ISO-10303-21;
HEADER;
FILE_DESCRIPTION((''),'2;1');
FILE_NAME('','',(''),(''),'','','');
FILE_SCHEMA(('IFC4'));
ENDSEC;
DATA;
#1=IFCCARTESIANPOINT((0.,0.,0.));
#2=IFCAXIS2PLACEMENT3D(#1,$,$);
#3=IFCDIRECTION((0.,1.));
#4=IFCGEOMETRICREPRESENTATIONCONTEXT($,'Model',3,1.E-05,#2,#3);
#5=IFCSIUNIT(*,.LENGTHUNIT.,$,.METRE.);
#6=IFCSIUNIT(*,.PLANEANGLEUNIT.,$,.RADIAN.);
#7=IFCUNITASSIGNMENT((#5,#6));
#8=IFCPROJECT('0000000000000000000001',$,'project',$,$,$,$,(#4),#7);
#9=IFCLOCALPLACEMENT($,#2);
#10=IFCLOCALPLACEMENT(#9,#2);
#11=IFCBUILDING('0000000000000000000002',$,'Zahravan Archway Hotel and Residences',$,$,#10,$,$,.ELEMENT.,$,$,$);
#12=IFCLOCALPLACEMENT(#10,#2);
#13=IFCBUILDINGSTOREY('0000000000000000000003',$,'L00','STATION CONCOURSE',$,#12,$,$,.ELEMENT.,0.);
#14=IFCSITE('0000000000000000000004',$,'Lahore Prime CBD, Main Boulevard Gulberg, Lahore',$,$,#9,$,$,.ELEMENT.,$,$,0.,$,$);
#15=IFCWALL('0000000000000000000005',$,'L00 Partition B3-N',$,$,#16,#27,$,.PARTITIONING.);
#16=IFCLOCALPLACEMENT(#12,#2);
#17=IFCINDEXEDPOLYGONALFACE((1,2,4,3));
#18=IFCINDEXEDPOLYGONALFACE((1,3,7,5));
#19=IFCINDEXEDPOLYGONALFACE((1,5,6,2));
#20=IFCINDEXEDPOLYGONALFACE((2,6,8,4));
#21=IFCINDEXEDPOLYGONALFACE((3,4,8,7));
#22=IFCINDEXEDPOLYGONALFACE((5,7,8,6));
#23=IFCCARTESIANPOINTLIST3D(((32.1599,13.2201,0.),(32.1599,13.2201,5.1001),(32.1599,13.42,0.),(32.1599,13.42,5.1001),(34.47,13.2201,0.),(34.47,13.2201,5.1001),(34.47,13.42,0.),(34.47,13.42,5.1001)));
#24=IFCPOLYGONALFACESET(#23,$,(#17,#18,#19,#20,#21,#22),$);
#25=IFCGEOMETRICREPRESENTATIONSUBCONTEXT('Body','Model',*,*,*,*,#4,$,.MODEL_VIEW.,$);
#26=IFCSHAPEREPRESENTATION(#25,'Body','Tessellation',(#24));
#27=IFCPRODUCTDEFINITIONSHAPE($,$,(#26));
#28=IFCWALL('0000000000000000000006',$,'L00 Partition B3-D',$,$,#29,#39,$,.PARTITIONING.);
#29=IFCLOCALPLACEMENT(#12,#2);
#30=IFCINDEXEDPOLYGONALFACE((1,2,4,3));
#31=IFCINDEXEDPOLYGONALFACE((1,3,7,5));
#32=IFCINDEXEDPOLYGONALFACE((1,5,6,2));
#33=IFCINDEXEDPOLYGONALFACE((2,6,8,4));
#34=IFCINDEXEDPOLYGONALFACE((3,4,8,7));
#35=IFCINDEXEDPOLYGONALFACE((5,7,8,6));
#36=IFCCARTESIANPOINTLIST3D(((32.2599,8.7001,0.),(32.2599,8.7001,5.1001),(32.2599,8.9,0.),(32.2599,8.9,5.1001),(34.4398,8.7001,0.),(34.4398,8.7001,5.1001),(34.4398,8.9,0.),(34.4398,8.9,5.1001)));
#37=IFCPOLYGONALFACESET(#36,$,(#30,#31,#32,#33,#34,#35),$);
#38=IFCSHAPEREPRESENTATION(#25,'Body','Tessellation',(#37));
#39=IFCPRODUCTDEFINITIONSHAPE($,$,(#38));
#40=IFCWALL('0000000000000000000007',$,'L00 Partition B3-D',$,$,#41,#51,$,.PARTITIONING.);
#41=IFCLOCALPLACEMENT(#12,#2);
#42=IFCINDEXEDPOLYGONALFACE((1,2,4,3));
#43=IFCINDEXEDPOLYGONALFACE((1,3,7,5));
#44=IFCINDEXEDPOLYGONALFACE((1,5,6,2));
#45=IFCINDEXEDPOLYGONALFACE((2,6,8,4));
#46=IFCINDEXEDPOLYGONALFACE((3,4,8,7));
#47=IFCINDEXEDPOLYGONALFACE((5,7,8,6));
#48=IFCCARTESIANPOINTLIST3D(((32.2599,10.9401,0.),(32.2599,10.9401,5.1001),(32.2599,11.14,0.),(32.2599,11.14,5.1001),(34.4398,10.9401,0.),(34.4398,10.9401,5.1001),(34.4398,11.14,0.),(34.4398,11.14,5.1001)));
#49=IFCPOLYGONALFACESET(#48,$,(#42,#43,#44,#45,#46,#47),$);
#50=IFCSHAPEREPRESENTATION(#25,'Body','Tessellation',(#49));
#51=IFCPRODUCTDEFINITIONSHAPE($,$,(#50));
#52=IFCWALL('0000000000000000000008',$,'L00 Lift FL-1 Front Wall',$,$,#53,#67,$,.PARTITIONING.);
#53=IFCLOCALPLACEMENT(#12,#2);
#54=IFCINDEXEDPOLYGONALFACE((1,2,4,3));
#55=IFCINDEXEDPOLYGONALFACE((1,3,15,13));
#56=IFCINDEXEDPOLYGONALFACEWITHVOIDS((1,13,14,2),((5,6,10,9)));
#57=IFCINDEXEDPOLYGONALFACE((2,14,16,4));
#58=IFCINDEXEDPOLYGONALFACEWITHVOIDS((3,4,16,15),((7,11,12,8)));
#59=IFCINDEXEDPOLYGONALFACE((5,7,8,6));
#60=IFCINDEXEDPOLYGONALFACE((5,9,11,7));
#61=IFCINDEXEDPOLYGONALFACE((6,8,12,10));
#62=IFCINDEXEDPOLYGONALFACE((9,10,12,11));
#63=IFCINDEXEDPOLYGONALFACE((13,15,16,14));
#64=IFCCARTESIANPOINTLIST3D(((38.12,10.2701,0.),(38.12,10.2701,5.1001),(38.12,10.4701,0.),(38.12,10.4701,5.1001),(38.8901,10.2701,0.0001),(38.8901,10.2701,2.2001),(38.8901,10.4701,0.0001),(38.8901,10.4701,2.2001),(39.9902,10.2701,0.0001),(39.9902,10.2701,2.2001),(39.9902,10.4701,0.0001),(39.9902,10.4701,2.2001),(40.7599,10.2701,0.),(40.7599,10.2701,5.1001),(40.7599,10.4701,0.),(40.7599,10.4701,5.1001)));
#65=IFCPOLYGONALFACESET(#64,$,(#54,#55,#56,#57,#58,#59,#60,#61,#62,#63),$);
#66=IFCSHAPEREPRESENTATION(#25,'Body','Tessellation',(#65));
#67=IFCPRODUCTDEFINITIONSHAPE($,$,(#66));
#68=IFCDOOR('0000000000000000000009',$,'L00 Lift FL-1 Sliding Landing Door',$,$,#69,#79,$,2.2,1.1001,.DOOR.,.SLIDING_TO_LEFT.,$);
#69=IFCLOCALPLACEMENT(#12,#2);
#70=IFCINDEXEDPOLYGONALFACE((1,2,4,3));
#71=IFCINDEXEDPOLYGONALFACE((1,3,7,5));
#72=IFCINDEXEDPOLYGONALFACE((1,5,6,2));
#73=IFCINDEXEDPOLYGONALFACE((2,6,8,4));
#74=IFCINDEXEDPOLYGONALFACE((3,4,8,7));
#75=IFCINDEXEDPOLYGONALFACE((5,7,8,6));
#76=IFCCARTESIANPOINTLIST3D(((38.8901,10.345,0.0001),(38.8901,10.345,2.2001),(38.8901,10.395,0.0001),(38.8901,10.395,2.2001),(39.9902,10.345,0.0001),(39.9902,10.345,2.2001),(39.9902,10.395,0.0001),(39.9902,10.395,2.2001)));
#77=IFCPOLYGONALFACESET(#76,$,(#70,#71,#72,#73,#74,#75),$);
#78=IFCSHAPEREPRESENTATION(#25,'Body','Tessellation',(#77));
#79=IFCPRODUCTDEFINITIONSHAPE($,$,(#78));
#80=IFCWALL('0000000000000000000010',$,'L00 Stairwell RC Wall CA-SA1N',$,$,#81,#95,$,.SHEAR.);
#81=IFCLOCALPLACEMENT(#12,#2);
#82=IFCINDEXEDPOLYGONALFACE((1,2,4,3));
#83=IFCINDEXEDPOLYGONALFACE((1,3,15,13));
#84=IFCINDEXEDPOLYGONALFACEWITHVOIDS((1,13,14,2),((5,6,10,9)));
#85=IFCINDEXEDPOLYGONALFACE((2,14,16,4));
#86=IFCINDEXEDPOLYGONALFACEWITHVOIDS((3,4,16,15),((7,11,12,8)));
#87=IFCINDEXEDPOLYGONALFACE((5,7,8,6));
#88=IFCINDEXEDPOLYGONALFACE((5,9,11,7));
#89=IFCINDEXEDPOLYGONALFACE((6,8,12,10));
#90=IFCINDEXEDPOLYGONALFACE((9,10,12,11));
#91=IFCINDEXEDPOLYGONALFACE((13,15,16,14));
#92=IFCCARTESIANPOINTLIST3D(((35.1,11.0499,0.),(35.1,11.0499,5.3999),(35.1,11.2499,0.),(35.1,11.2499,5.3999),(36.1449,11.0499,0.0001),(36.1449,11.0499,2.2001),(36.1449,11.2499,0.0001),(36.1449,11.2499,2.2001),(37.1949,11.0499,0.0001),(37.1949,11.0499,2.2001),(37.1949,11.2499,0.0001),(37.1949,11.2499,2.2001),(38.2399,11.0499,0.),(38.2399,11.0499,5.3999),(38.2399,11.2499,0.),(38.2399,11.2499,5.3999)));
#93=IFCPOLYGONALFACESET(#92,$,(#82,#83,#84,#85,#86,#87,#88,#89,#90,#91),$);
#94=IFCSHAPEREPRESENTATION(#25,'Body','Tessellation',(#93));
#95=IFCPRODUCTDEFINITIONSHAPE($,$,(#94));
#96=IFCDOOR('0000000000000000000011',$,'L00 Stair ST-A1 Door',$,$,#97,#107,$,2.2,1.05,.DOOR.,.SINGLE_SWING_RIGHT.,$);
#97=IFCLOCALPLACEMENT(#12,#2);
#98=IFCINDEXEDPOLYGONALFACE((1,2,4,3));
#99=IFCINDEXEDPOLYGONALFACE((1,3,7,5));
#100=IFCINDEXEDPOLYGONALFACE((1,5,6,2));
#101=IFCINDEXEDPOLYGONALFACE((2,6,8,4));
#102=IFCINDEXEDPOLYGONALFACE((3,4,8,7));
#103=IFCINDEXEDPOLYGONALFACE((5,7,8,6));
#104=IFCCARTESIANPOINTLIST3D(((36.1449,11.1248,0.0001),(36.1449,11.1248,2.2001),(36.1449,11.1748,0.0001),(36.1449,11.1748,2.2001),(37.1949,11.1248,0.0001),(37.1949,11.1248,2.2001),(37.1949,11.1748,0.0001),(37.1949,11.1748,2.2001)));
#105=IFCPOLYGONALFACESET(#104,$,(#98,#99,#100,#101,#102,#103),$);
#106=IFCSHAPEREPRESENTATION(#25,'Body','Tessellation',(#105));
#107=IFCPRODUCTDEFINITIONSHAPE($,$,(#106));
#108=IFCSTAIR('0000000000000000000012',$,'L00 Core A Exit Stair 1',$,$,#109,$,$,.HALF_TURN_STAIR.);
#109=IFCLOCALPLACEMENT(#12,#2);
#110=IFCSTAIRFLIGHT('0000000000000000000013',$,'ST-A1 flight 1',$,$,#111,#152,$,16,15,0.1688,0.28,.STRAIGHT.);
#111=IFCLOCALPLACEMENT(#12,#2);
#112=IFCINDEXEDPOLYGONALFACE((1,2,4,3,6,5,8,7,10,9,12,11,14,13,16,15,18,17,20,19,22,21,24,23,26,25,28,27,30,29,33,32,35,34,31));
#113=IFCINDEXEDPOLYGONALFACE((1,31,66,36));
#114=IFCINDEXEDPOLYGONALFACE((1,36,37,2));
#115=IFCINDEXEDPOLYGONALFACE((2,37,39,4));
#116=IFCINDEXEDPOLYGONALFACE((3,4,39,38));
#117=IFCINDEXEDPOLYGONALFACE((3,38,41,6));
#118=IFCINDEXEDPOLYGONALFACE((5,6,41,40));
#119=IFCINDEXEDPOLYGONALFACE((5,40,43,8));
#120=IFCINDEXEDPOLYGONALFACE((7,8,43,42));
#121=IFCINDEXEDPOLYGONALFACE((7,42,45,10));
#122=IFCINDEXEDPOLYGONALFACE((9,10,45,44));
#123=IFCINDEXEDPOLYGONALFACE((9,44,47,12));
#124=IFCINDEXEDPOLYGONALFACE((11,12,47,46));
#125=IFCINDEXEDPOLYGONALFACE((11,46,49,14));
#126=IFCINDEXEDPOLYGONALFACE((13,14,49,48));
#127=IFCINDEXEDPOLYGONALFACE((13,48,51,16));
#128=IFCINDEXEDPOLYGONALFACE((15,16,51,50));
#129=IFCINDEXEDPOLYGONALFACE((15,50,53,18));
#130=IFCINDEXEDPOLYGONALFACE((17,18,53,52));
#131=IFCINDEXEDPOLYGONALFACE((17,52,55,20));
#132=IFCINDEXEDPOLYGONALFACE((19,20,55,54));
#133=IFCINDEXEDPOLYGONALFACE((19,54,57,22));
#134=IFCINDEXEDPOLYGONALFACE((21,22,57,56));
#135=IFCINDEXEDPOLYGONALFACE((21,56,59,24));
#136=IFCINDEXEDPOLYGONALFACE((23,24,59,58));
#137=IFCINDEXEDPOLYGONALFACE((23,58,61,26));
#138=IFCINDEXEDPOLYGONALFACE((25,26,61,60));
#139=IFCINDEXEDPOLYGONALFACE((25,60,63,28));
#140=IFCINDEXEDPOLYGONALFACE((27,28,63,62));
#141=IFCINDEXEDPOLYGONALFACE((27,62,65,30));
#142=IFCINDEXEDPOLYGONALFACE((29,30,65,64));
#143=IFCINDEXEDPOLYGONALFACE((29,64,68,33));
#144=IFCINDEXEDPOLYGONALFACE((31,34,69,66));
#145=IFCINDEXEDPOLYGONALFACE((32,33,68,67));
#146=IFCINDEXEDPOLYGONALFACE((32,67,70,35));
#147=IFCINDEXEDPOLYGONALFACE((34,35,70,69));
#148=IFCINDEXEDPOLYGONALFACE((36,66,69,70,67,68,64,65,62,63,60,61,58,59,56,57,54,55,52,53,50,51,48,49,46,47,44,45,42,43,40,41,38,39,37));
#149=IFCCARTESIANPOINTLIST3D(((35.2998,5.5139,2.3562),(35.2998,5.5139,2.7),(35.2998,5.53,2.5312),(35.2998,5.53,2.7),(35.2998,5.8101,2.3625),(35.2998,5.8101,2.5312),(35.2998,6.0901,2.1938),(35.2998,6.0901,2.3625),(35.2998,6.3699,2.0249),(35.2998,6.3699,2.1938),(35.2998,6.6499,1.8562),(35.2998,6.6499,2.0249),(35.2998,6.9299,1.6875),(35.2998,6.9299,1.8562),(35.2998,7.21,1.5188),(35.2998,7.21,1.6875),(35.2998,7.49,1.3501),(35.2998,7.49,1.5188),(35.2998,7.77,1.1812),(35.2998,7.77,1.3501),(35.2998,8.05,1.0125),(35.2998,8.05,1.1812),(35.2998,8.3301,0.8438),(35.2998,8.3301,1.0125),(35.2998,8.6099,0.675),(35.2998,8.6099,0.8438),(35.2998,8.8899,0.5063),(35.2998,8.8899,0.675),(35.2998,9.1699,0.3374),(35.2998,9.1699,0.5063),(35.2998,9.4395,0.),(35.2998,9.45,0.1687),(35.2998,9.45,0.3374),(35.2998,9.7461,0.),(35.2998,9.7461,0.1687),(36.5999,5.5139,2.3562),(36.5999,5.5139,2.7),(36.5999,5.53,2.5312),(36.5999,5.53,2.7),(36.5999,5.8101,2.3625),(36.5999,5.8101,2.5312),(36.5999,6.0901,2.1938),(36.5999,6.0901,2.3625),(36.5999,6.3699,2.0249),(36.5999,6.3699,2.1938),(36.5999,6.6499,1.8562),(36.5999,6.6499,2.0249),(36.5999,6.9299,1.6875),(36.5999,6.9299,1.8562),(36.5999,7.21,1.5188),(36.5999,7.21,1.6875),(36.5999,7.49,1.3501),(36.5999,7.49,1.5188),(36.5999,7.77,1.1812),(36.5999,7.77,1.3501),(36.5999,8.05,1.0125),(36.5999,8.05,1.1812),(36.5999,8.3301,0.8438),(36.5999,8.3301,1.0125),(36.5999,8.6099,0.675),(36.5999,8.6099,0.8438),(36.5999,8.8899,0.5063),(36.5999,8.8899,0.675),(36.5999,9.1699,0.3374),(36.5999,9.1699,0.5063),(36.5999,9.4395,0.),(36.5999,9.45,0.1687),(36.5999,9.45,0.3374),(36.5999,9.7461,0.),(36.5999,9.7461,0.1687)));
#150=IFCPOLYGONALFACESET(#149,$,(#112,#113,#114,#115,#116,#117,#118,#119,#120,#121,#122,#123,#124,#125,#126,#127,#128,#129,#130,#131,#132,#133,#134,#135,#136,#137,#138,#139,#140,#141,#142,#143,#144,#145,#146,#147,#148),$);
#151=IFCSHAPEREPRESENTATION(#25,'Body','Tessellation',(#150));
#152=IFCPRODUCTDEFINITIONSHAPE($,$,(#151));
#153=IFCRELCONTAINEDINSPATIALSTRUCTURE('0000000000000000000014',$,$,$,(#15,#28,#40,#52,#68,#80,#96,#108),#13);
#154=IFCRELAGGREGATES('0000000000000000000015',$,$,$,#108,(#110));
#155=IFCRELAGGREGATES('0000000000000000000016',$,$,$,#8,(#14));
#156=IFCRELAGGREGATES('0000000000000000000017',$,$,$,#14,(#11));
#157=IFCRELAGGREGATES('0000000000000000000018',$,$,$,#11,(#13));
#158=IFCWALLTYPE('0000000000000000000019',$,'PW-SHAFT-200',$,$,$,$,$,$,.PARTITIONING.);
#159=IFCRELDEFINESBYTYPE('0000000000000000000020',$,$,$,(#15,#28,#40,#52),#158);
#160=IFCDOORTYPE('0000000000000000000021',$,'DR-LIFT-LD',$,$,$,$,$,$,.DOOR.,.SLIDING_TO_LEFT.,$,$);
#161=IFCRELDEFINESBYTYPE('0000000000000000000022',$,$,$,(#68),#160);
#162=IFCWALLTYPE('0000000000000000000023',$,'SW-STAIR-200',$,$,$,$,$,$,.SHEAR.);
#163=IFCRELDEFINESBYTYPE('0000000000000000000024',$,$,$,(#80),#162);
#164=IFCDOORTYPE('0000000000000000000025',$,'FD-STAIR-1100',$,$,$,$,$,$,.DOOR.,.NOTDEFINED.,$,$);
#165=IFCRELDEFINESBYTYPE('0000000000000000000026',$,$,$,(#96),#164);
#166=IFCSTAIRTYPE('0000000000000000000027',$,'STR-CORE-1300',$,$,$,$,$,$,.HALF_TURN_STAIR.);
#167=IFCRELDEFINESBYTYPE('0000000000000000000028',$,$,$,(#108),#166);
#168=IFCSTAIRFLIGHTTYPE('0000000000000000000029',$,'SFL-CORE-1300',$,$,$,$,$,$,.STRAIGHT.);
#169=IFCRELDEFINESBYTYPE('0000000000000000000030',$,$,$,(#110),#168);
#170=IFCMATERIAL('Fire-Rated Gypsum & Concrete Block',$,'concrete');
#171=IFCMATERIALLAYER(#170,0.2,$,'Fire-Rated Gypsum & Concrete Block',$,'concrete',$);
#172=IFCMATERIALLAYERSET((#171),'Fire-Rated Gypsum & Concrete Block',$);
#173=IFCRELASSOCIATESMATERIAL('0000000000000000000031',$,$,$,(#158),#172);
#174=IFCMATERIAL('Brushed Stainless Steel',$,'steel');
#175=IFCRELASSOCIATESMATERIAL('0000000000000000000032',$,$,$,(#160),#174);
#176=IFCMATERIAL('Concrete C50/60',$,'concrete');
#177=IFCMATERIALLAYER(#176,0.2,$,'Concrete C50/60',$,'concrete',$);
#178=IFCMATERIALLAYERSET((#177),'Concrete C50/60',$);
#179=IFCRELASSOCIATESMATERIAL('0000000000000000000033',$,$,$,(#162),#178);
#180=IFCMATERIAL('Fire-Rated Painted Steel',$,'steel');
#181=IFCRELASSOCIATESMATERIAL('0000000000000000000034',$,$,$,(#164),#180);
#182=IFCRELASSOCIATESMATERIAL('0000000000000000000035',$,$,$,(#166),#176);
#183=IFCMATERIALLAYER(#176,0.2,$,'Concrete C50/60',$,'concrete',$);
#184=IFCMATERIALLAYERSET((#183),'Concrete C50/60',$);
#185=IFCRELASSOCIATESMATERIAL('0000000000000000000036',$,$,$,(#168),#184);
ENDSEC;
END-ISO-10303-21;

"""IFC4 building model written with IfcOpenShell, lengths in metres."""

from ifc_helpers import new_model, si_unit, direction, frame, frame_2d, origin, place, context, subcontext, project, spatial, polyline, rectangle, outline, extrude, source, transform, mapped, material, layer, layer_set, type_object, type_shapes, element, fill, aggregate, save


model = new_model("IFC4")

# Units and contexts
model_context = context("Model", 3, precision=1e-05, world=origin(), true_north=direction((0.0, 1.0)))
body_context = subcontext(model_context, "Body", "Model", "MODEL_VIEW")
ifc_project = project(units=[si_unit("LENGTHUNIT", "METRE"), si_unit("PLANEANGLEUNIT", "RADIAN")], contexts=[model_context])

# Site, building, storey
site_placement = place(None, origin())
site = spatial("IfcSite", under=ifc_project, at=site_placement, Name="Lahore Prime CBD, Main Boulevard Gulberg, Lahore", CompositionType="ELEMENT", RefElevation=0.0)
building_placement = place(site_placement, origin())
building = spatial("IfcBuilding", under=site, at=building_placement, Name="Zahravan Archway Hotel and Residences", CompositionType="ELEMENT")
storey_placement = place(building_placement, origin())
storey = spatial("IfcBuildingStorey", under=building, at=storey_placement, Name="L00", Description="STATION CONCOURSE", CompositionType="ELEMENT", Elevation=0.0)

# Shared definitions
ifc_material_1 = material(Name="Fire-Rated Painted Steel", Category="steel")

# Shared definitions
ifc_material_2 = material(Name="Fire-Rated Gypsum & Concrete Block", Category="concrete")

# Walls
ifc_layer_1 = layer(ifc_material_2, 0.2, Name="Fire-Rated Gypsum & Concrete Block", Category="concrete")
ifc_layer_set_1 = layer_set([ifc_layer_1], Name="Fire-Rated Gypsum & Concrete Block")
wall_type_1 = type_object("IfcWallType", Name="PW-SHAFT-200", PredefinedType="PARTITIONING", material=ifc_layer_set_1)
wall_1_placement = place(storey_placement, frame((32.1599, 13.3201, 0.0), z_axis=(0.0, 0.0, 1.0), x_axis=(1.0, 0.0, 0.0)))
element("IfcWall", 1, at=wall_1_placement, inside=storey, type_object=wall_type_1, Name="L00 Partition B3-N", PredefinedType="PARTITIONING", context=body_context, shape_type="SweptSolid", body=[
    extrude(rectangle(XDim=2.3101, YDim=0.2, at=frame_2d((1.155, 0.0))), origin(), (0.0, 0.0, 1.0), 5.1001),
])
for number, where, z_axis, x_axis, name in (
    (2, (32.26, 8.8, 0.0), (0.0, 0.0, 1.0), (1.0, 0.0, 0.0), "L00 Partition B3-D"),
    (3, (32.26, 11.04, 0.0), (0.0, 0.0, 1.0), (1.0, 0.0, 0.0), "L00 Partition B3-D"),
):
    element("IfcWall", number, at=place(storey_placement, frame(where, z_axis=z_axis, x_axis=x_axis)), inside=storey, type_object=wall_type_1, Name=name, PredefinedType="PARTITIONING", context=body_context, shape_type="SweptSolid", body=[
        extrude(rectangle(XDim=2.1799, YDim=0.2, at=frame_2d((1.0898, 0.0))), origin(), (0.0, 0.0, 1.0), 5.1001),
    ])

# Walls, openings, doors
wall_2_placement = place(storey_placement, frame((38.1201, 10.3701, 0.0), z_axis=(0.0, 0.0, 1.0), x_axis=(1.0, 0.0, 0.0)))
wall_2 = element("IfcWall", 4, at=wall_2_placement, inside=storey, type_object=wall_type_1, Name="L00 Lift FL-1 Front Wall", PredefinedType="PARTITIONING", context=body_context, shape_type="SweptSolid", body=[
    extrude(rectangle(XDim=2.6399, YDim=0.2, at=frame_2d((1.3198, 0.0))), origin(), (0.0, 0.0, 1.0), 5.1001),
])
opening_1_placement = place(wall_2_placement, frame((0.77, 0.0, 0.0)))
opening_1 = element("IfcOpeningElement", 5, at=opening_1_placement, cuts=wall_2, PredefinedType="OPENING", context=body_context, shape_type="SweptSolid", body=[
    extrude(rectangle(XDim=1.1001, YDim=2.2, at=frame_2d((0.55, 1.1001))), frame((0.0, 0.1099, 0.0), z_axis=(0.0, -1.0, 0.0), x_axis=(1.0, 0.0, 0.0)), (0.0, 0.0, 1.0), 0.22),
])
ifc_material_3 = material(Name="Brushed Stainless Steel", Category="steel")
door_type_1 = type_object("IfcDoorType", Name="DR-LIFT-LD", OperationType="SLIDING_TO_LEFT", PredefinedType="DOOR", material=ifc_material_3)
shared_shape_1 = source(origin(), body_context, "Body", "SweptSolid", [
    extrude(rectangle(XDim=1.1001, YDim=2.2, at=frame_2d((0.55, 1.1001))), frame((0.0, 0.0249, 0.0), z_axis=(0.0, -1.0, 0.0), x_axis=(1.0, 0.0, 0.0)), (0.0, 0.0, 1.0), 0.05),
])
type_shapes(door_type_1, [shared_shape_1])
door_1_placement = place(opening_1_placement, origin())
door_1 = element("IfcDoor", 6, at=door_1_placement, inside=storey, type_object=door_type_1, Name="L00 Lift FL-1 Sliding Landing Door", OperationType="SLIDING_TO_LEFT", OverallHeight=2.2, OverallWidth=1.1001, PredefinedType="DOOR", context=body_context, shape_type="MappedRepresentation", body=[
    mapped(shared_shape_1, transform((0.0, 0.0, 0.0), scale=1.0)),
])
fill(opening_1, door_1)
ifc_material_4 = material(Name="Concrete C50/60", Category="concrete")
ifc_layer_2 = layer(ifc_material_4, 0.2, Name="Concrete C50/60", Category="concrete")
ifc_layer_set_2 = layer_set([ifc_layer_2], Name="Concrete C50/60")
wall_type_2 = type_object("IfcWallType", Name="SW-STAIR-200", PredefinedType="SHEAR", material=ifc_layer_set_2)
wall_3_placement = place(storey_placement, frame((35.1001, 11.1499, 0.0), z_axis=(0.0, 0.0, 1.0), x_axis=(1.0, 0.0, 0.0)))
wall_3 = element("IfcWall", 7, at=wall_3_placement, inside=storey, type_object=wall_type_2, Name="L00 Stairwell RC Wall CA-SA1N", PredefinedType="SHEAR", context=body_context, shape_type="SweptSolid", body=[
    extrude(rectangle(XDim=3.1399, YDim=0.2, at=frame_2d((1.5698, 0.0))), origin(), (0.0, 0.0, 1.0), 5.3999),
])
opening_2_placement = place(wall_3_placement, frame((1.0449, 0.0, 0.0)))
opening_2 = element("IfcOpeningElement", 8, at=opening_2_placement, cuts=wall_3, PredefinedType="OPENING", context=body_context, shape_type="SweptSolid", body=[
    extrude(rectangle(XDim=1.05, YDim=2.2, at=frame_2d((0.5249, 1.1001))), frame((0.0, 0.1099, 0.0), z_axis=(0.0, -1.0, 0.0), x_axis=(1.0, 0.0, 0.0)), (0.0, 0.0, 1.0), 0.22),
])
door_type_2 = type_object("IfcDoorType", Name="FD-STAIR-1100", OperationType="NOTDEFINED", PredefinedType="DOOR", material=ifc_material_1)
shared_shape_2 = source(origin(), body_context, "Body", "SweptSolid", [
    extrude(rectangle(XDim=1.05, YDim=2.2, at=frame_2d((0.5249, 1.1001))), frame((0.0, 0.0249, 0.0), z_axis=(0.0, -1.0, 0.0), x_axis=(1.0, 0.0, 0.0)), (0.0, 0.0, 1.0), 0.05),
])
type_shapes(door_type_2, [shared_shape_2])
door_2_placement = place(opening_2_placement, origin())
door_2 = element("IfcDoor", 9, at=door_2_placement, inside=storey, type_object=door_type_2, Name="L00 Stair ST-A1 Door", OperationType="SINGLE_SWING_RIGHT", OverallHeight=2.2, OverallWidth=1.05, PredefinedType="DOOR", context=body_context, shape_type="MappedRepresentation", body=[
    mapped(shared_shape_2, transform((0.0, 0.0, 0.0), scale=1.0)),
])
fill(opening_2, door_2)

# Stair, stair flight
stair_type = type_object("IfcStairType", Name="STR-CORE-1300", PredefinedType="HALF_TURN_STAIR", material=ifc_material_4)
stair_placement = place(storey_placement, origin())
stair = element("IfcStair", 10, at=stair_placement, inside=storey, type_object=stair_type, Name="L00 Core A Exit Stair 1", PredefinedType="HALF_TURN_STAIR")
ifc_layer_3 = layer(ifc_material_4, 0.2, Name="Concrete C50/60", Category="concrete")
ifc_layer_set_3 = layer_set([ifc_layer_3], Name="Concrete C50/60")
stair_flight_type = type_object("IfcStairFlightType", Name="SFL-CORE-1300", PredefinedType="STRAIGHT", material=ifc_layer_set_3)
shared_shape_3 = source(origin(), body_context, "Body", "SweptSolid", [
    extrude(outline(polyline([(-0.0161, 0.0), (-0.0161, 0.1687), (0.28, 0.1687), (0.28, 0.3374), (0.5601, 0.3374), (0.5601, 0.5063), (0.8401, 0.5063), (0.8401, 0.675), (1.1201, 0.675), (1.1201, 0.8438), (1.3999, 0.8438), (1.3999, 1.0125), (1.6799, 1.0125), (1.6799, 1.1812), (1.96, 1.1812), (1.96, 1.3501), (2.24, 1.3501), (2.24, 1.5188), (2.52, 1.5188), (2.52, 1.6875), (2.8, 1.6875), (2.8, 1.8562), (3.0801, 1.8562), (3.0801, 2.0249), (3.3601, 2.0249), (3.3601, 2.1938), (3.6399, 2.1938), (3.6399, 2.3625), (3.9199, 2.3625), (3.9199, 2.5312), (4.2, 2.5312), (4.2, 2.7), (4.2161, 2.7), (4.2161, 2.3562), (0.2905, 0.0), (-0.0161, 0.0)])), frame((0.0, 0.6499, 0.0), z_axis=(0.0, -1.0, 0.0), x_axis=(1.0, 0.0, 0.0)), (0.0, 0.0, 1.0), 1.3),
])
stair_flight_placement = place(storey_placement, frame((35.95, 9.73, 0.0), z_axis=(0.0, 0.0, 1.0), x_axis=(0.0, -1.0, 0.0)))
stair_flight = element("IfcStairFlight", 11, at=stair_flight_placement, type_object=stair_flight_type, Name="ST-A1 flight 1", NumberOfRisers=16, NumberOfTreads=15, PredefinedType="STRAIGHT", RiserHeight=0.1688, TreadLength=0.28, context=body_context, shape_type="MappedRepresentation", body=[
    mapped(shared_shape_3, transform((0.0, 0.0, 0.0), scale=1.0)),
])
aggregate(stair, [stair_flight])

save(model, "model.ifc")
